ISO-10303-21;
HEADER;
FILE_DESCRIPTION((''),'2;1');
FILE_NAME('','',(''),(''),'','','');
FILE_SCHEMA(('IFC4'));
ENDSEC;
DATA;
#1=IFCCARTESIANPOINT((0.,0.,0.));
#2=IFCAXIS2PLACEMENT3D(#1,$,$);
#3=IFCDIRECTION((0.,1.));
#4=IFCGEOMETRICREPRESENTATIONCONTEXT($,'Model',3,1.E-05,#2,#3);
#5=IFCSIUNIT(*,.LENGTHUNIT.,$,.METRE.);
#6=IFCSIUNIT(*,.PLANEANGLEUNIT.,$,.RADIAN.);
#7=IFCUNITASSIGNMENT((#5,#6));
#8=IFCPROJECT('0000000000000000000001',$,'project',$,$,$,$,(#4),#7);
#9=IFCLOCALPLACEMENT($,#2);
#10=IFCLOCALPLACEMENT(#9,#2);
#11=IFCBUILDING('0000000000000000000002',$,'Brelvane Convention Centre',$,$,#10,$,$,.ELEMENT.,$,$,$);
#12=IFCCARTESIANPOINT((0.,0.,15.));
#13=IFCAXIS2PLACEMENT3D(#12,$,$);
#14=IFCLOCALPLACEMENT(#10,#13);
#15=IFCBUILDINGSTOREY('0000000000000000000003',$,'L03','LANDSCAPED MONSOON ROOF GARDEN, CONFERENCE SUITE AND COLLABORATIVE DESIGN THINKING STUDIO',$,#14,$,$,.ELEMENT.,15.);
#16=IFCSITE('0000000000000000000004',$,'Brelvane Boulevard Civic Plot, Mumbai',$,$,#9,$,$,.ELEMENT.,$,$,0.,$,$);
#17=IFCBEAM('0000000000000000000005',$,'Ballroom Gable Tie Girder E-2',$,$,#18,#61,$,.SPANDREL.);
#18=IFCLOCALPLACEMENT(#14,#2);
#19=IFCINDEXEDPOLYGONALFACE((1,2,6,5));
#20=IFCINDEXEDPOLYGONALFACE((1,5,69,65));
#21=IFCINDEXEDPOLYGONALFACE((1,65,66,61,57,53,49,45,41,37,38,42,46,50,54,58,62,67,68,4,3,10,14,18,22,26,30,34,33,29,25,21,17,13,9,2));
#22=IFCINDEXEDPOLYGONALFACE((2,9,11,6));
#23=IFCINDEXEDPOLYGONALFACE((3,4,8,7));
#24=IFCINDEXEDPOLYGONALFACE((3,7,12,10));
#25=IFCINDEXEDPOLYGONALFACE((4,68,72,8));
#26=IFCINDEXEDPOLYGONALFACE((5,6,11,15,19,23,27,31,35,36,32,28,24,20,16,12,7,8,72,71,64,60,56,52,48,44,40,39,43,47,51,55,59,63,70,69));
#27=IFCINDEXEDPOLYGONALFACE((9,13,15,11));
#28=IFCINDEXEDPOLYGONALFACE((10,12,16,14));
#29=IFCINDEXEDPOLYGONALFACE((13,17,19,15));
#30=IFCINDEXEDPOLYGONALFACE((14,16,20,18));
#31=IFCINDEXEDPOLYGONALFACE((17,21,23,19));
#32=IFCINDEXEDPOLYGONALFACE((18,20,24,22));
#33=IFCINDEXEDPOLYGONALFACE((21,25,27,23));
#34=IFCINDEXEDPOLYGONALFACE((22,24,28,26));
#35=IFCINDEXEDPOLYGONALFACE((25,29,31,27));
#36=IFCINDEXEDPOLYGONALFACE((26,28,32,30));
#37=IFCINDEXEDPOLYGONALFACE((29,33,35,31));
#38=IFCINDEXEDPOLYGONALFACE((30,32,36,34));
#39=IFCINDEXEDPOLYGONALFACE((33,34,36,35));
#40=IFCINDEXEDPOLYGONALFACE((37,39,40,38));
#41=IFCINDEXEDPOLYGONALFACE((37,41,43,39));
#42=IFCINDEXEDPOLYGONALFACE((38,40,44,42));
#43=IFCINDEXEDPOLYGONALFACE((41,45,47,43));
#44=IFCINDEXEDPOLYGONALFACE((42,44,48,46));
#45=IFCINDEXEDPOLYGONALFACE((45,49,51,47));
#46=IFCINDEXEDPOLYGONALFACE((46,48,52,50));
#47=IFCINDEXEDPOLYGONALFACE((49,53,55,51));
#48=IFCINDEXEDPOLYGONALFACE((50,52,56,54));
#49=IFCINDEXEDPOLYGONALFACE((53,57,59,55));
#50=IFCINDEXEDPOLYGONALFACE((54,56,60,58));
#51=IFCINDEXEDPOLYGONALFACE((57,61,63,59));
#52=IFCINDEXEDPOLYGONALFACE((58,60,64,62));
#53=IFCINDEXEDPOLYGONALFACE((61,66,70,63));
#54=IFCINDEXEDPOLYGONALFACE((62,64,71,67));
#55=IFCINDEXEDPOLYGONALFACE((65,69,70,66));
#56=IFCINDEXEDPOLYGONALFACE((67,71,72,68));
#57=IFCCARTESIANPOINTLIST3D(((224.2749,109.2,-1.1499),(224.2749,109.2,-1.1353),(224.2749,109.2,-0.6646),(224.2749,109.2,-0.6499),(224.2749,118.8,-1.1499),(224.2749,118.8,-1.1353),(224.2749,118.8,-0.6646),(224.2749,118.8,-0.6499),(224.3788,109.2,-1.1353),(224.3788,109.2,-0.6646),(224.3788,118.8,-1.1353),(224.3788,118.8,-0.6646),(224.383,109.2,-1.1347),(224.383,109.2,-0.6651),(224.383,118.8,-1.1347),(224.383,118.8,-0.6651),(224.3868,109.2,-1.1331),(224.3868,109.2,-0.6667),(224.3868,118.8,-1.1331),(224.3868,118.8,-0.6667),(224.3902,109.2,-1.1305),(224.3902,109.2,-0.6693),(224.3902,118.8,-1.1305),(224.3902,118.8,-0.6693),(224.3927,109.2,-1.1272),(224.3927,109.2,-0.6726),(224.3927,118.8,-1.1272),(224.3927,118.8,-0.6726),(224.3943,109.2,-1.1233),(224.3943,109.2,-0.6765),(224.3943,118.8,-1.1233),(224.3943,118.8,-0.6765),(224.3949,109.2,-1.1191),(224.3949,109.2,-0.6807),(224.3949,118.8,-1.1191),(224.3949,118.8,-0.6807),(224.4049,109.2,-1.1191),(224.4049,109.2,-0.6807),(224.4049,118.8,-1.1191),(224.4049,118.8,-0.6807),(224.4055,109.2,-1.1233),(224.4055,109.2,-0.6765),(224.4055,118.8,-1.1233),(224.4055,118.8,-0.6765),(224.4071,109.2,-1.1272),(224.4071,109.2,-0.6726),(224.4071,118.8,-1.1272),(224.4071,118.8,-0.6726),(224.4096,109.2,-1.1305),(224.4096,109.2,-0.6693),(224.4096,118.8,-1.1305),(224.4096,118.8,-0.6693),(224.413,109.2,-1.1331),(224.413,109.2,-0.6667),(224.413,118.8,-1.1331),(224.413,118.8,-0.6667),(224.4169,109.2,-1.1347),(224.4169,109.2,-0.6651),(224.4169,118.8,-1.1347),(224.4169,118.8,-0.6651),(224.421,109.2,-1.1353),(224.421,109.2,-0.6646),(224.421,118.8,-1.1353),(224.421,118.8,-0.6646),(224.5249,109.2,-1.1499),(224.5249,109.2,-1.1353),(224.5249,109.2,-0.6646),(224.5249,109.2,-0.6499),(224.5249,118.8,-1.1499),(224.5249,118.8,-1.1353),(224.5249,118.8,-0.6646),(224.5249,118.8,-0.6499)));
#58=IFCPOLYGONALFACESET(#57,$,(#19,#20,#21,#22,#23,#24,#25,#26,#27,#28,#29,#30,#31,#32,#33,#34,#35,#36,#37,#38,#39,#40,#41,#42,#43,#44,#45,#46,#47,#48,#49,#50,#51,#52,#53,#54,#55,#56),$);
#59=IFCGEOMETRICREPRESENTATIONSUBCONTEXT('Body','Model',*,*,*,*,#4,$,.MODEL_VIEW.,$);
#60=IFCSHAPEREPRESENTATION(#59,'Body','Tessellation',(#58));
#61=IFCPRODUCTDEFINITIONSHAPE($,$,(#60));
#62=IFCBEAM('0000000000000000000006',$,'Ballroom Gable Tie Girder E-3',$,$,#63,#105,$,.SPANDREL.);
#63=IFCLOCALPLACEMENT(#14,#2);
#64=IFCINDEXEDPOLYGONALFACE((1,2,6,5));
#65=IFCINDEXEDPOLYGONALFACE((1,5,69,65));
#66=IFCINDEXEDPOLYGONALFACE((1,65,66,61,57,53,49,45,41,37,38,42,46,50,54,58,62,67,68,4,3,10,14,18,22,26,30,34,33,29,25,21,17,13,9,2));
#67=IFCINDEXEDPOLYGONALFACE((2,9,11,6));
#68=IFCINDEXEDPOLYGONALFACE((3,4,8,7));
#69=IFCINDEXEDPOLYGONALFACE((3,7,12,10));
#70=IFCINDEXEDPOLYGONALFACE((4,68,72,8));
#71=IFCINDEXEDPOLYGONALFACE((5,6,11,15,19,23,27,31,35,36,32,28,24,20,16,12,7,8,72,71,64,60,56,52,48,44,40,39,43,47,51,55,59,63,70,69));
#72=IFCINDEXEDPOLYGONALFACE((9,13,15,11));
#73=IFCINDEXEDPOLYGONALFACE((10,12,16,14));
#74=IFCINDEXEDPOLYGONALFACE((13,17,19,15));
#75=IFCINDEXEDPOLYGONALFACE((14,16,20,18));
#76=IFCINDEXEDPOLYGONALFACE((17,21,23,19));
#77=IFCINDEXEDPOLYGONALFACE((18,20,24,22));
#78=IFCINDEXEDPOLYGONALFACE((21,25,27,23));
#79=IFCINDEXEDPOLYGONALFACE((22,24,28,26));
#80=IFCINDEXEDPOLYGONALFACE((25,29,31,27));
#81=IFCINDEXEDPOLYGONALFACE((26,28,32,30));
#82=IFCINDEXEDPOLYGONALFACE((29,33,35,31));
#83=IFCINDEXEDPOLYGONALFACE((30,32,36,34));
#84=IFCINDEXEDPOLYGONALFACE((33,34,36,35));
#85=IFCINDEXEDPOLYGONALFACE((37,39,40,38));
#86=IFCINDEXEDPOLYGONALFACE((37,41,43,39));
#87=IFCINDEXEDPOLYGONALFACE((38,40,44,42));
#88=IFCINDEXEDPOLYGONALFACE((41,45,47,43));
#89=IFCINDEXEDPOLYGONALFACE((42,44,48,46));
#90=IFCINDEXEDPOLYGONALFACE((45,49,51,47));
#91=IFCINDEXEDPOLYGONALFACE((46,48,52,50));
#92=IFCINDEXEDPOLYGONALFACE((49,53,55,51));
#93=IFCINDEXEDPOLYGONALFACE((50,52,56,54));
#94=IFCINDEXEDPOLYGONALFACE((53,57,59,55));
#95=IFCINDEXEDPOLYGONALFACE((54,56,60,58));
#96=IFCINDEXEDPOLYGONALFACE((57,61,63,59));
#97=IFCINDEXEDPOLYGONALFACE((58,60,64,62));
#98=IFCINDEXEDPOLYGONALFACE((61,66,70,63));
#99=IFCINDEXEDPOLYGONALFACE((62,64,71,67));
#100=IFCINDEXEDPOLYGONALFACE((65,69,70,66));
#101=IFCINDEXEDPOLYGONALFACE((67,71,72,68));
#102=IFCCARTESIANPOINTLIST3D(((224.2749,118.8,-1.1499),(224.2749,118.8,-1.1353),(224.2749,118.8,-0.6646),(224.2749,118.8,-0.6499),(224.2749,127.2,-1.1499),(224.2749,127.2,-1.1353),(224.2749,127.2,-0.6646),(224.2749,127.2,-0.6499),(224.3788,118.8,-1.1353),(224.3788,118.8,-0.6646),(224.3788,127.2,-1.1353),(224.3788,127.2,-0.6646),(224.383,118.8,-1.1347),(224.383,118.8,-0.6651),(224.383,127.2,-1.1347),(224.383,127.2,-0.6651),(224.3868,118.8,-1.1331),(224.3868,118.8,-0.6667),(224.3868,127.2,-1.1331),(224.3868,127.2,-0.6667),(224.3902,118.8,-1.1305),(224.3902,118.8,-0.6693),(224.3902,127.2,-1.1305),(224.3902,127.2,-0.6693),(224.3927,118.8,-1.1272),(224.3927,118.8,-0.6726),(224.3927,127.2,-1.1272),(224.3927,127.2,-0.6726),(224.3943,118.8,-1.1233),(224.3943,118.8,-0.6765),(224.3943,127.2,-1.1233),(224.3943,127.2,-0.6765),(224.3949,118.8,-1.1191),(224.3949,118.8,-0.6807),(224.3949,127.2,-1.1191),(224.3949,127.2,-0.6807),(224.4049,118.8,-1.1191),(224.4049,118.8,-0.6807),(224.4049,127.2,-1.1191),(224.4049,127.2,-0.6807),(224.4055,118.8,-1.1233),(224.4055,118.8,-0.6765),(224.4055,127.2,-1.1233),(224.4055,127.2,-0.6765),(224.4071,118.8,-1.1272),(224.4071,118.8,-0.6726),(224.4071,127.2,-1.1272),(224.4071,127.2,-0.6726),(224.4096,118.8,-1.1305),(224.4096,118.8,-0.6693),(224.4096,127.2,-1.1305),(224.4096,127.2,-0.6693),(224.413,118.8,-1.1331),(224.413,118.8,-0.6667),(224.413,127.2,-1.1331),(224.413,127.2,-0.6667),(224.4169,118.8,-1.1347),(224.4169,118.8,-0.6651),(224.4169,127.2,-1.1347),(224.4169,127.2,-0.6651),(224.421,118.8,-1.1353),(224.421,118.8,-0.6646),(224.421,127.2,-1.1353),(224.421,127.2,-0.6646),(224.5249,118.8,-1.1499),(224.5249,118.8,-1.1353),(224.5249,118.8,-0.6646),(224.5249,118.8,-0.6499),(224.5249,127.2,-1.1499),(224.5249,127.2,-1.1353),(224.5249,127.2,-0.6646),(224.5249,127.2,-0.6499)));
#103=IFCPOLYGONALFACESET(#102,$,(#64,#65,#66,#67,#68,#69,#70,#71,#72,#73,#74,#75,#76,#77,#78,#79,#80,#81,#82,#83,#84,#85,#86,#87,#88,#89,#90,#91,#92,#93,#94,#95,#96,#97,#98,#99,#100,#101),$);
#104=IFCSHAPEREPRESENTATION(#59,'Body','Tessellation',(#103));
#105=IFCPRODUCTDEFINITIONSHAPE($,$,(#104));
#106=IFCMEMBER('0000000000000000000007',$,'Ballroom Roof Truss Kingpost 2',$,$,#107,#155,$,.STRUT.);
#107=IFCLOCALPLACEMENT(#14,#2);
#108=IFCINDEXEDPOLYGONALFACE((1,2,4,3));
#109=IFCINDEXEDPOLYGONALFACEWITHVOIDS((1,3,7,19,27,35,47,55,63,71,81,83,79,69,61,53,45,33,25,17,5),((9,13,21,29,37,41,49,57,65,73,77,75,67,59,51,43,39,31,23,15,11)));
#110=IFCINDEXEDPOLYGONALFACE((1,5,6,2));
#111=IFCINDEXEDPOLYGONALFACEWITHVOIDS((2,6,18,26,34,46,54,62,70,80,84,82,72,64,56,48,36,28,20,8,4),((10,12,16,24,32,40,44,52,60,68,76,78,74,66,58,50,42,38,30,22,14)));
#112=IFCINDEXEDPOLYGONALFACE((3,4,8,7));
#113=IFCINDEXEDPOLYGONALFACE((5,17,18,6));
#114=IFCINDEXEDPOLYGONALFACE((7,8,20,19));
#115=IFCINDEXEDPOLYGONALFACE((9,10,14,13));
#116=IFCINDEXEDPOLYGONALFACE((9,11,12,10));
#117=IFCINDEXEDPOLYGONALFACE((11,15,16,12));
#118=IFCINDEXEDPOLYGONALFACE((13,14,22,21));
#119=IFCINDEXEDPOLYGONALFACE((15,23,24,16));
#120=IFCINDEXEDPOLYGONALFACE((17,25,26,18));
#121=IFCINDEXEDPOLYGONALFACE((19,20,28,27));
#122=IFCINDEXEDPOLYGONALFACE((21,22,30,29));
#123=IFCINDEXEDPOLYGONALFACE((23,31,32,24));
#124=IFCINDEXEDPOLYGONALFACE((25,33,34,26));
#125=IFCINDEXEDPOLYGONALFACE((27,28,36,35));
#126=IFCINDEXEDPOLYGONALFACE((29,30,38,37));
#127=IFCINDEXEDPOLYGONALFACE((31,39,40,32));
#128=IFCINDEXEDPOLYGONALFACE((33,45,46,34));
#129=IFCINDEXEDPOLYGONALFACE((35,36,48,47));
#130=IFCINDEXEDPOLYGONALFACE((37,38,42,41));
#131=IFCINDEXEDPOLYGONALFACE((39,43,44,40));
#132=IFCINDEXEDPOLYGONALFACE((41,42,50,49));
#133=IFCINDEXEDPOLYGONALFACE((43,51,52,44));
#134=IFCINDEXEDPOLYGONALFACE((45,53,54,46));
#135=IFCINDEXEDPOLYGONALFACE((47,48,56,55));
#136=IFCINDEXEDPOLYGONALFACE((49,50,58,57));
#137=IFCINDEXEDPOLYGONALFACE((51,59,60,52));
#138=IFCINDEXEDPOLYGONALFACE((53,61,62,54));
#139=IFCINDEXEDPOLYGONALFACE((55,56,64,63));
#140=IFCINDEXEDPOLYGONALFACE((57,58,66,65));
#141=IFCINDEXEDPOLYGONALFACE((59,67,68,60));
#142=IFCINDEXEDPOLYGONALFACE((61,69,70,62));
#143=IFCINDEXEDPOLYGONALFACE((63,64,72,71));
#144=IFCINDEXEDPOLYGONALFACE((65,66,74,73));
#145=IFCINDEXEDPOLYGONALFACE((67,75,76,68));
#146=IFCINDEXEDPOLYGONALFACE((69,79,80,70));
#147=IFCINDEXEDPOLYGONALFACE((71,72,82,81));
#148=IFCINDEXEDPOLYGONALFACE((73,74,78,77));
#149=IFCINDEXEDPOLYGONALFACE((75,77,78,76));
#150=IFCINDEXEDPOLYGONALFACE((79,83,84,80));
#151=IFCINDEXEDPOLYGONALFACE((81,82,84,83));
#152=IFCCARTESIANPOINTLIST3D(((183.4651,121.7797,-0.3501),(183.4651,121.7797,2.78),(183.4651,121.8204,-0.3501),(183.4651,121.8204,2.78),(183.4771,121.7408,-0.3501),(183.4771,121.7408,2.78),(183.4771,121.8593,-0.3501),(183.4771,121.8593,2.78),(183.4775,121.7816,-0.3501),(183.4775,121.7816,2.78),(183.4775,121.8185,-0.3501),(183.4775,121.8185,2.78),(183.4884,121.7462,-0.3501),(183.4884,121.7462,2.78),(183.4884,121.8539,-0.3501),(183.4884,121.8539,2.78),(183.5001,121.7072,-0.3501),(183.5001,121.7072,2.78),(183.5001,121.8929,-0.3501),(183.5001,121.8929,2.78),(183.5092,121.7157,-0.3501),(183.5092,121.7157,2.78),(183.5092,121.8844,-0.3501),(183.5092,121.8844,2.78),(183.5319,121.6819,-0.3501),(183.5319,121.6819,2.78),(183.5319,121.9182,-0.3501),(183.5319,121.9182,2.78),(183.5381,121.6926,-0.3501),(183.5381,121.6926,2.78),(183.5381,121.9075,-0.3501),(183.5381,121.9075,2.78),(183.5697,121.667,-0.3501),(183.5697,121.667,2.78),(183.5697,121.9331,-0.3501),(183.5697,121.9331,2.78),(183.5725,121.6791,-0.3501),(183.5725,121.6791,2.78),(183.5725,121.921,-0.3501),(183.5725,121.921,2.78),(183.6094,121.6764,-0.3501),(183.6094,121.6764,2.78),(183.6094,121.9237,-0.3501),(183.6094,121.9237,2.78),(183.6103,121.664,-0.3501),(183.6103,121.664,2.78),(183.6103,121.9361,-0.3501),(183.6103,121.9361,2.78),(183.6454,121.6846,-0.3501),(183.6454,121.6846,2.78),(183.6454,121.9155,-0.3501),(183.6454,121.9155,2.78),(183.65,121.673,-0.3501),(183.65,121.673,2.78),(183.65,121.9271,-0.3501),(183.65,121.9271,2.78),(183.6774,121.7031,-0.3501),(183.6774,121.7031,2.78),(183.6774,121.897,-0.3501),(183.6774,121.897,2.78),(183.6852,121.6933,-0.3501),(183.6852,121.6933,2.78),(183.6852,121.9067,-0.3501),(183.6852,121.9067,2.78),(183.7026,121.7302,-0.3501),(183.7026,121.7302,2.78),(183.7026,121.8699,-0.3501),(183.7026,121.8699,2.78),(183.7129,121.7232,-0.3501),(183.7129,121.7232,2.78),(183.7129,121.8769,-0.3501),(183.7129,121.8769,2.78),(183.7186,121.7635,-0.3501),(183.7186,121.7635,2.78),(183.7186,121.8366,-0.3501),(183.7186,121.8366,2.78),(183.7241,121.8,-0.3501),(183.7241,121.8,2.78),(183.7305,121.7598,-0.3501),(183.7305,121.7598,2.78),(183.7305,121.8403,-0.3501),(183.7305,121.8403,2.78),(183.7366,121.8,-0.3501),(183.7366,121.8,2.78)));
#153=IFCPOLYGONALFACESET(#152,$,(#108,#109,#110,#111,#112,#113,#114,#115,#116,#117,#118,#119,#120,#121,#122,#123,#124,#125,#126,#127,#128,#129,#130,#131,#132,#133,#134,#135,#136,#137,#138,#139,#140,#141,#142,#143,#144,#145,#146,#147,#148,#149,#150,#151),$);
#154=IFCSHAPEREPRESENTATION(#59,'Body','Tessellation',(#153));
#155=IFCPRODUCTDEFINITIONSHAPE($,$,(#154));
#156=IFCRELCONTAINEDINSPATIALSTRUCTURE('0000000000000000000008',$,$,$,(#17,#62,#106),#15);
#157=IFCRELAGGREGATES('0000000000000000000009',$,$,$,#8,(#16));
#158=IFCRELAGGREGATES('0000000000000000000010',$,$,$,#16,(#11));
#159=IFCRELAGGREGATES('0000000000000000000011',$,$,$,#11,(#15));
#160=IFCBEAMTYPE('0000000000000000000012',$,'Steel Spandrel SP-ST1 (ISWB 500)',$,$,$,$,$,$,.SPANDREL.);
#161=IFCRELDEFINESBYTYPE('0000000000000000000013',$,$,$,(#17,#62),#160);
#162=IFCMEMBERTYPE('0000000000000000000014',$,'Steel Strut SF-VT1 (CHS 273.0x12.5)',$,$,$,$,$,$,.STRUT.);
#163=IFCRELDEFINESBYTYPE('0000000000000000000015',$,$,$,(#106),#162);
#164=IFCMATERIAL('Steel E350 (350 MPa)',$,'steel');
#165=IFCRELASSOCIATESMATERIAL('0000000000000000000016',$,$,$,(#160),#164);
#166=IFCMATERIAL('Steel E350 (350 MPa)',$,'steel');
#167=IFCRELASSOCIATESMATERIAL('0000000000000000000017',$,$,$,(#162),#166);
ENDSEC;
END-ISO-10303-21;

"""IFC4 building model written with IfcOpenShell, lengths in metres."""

from ifc_helpers import new_model, si_unit, direction, frame, origin, origin_2d, place, context, subcontext, project, spatial, hollow_circle, i_section, extrude, material, material_profile, profile_set, type_object, element, save


model = new_model("IFC4")

# Units and contexts
model_context = context("Model", 3, precision=1e-05, world=origin(), true_north=direction((0.0, 1.0)))
body_context = subcontext(model_context, "Body", "Model", "MODEL_VIEW")
ifc_project = project(units=[si_unit("LENGTHUNIT", "METRE"), si_unit("PLANEANGLEUNIT", "RADIAN")], contexts=[model_context])

# Site, building, storey
site_placement = place(None, origin())
site = spatial("IfcSite", under=ifc_project, at=site_placement, Name="Brelvane Boulevard Civic Plot, Mumbai", CompositionType="ELEMENT", RefElevation=0.0)
building_placement = place(site_placement, origin())
building = spatial("IfcBuilding", under=site, at=building_placement, Name="Brelvane Convention Centre", CompositionType="ELEMENT")
storey_placement = place(building_placement, frame((0.0, 0.0, 15.0)))
storey = spatial("IfcBuildingStorey", under=building, at=storey_placement, Name="L03", Description="LANDSCAPED MONSOON ROOF GARDEN, CONFERENCE SUITE AND COLLABORATIVE DESIGN THINKING STUDIO", CompositionType="ELEMENT", Elevation=15.0)

# Beams
ifc_material_1 = material(Name="Steel E350 (350 MPa)", Category="steel")
ifc_material_profile_1 = material_profile(ifc_material_1, i_section(OverallWidth=0.25, OverallDepth=0.5, WebThickness=0.01, FlangeThickness=0.0146, FilletRadius=0.0161, at=origin_2d()), Name="ISWB 500")
ifc_profile_set_1 = profile_set([ifc_material_profile_1], Name="Steel E350 (350 MPa)")
beam_type = type_object("IfcBeamType", Name="Steel Spandrel SP-ST1 (ISWB 500)", PredefinedType="SPANDREL", material=ifc_profile_set_1)
beam_1_placement = place(storey_placement, frame((224.3999, 109.2, -0.8999), z_axis=(0.0, 1.0, 0.0), x_axis=(-1.0, 0.0, 0.0)))
element("IfcBeam", 1, at=beam_1_placement, inside=storey, type_object=beam_type, Name="Ballroom Gable Tie Girder E-2", PredefinedType="SPANDREL", context=body_context, shape_type="SweptSolid", body=[
    extrude(i_section(OverallWidth=0.25, OverallDepth=0.5, WebThickness=0.01, FlangeThickness=0.0146, FilletRadius=0.0161, at=origin_2d()), origin(), (0.0, 0.0, 1.0), 9.6001),
])
beam_2_placement = place(storey_placement, frame((224.3999, 118.8, -0.8999), z_axis=(0.0, 1.0, 0.0), x_axis=(-1.0, 0.0, 0.0)))
element("IfcBeam", 2, at=beam_2_placement, inside=storey, type_object=beam_type, Name="Ballroom Gable Tie Girder E-3", PredefinedType="SPANDREL", context=body_context, shape_type="SweptSolid", body=[
    extrude(i_section(OverallWidth=0.25, OverallDepth=0.5, WebThickness=0.01, FlangeThickness=0.0146, FilletRadius=0.0161, at=origin_2d()), origin(), (0.0, 0.0, 1.0), 8.3999),
])

# Member
ifc_material_2 = material(Name="Steel E350 (350 MPa)", Category="steel")
ifc_material_profile_2 = material_profile(ifc_material_2, hollow_circle(Radius=0.1365, WallThickness=0.0125, at=origin_2d()), Name="CHS 273.0x12.5")
ifc_profile_set_2 = profile_set([ifc_material_profile_2], Name="Steel E350 (350 MPa)")
member_type_1 = type_object("IfcMemberType", Name="Steel Strut SF-VT1 (CHS 273.0x12.5)", PredefinedType="STRUT", material=ifc_profile_set_2)
for number, where, z_axis, x_axis, name in (
    (3, (183.6001, 121.8, -0.3501), (0.0, 0.0, 1.0), (1.0, 0.0, 0.0), "Ballroom Roof Truss Kingpost 2"),
):
    element("IfcMember", number, at=place(storey_placement, frame(where, z_axis=z_axis, x_axis=x_axis)), inside=storey, type_object=member_type_1, Name=name, PredefinedType="STRUT", context=body_context, shape_type="SweptSolid", body=[
        extrude(hollow_circle(Radius=0.1365, WallThickness=0.0125, at=origin_2d()), origin(), (0.0, 0.0, 1.0), 3.1301),
    ])

save(model, "model.ifc")
